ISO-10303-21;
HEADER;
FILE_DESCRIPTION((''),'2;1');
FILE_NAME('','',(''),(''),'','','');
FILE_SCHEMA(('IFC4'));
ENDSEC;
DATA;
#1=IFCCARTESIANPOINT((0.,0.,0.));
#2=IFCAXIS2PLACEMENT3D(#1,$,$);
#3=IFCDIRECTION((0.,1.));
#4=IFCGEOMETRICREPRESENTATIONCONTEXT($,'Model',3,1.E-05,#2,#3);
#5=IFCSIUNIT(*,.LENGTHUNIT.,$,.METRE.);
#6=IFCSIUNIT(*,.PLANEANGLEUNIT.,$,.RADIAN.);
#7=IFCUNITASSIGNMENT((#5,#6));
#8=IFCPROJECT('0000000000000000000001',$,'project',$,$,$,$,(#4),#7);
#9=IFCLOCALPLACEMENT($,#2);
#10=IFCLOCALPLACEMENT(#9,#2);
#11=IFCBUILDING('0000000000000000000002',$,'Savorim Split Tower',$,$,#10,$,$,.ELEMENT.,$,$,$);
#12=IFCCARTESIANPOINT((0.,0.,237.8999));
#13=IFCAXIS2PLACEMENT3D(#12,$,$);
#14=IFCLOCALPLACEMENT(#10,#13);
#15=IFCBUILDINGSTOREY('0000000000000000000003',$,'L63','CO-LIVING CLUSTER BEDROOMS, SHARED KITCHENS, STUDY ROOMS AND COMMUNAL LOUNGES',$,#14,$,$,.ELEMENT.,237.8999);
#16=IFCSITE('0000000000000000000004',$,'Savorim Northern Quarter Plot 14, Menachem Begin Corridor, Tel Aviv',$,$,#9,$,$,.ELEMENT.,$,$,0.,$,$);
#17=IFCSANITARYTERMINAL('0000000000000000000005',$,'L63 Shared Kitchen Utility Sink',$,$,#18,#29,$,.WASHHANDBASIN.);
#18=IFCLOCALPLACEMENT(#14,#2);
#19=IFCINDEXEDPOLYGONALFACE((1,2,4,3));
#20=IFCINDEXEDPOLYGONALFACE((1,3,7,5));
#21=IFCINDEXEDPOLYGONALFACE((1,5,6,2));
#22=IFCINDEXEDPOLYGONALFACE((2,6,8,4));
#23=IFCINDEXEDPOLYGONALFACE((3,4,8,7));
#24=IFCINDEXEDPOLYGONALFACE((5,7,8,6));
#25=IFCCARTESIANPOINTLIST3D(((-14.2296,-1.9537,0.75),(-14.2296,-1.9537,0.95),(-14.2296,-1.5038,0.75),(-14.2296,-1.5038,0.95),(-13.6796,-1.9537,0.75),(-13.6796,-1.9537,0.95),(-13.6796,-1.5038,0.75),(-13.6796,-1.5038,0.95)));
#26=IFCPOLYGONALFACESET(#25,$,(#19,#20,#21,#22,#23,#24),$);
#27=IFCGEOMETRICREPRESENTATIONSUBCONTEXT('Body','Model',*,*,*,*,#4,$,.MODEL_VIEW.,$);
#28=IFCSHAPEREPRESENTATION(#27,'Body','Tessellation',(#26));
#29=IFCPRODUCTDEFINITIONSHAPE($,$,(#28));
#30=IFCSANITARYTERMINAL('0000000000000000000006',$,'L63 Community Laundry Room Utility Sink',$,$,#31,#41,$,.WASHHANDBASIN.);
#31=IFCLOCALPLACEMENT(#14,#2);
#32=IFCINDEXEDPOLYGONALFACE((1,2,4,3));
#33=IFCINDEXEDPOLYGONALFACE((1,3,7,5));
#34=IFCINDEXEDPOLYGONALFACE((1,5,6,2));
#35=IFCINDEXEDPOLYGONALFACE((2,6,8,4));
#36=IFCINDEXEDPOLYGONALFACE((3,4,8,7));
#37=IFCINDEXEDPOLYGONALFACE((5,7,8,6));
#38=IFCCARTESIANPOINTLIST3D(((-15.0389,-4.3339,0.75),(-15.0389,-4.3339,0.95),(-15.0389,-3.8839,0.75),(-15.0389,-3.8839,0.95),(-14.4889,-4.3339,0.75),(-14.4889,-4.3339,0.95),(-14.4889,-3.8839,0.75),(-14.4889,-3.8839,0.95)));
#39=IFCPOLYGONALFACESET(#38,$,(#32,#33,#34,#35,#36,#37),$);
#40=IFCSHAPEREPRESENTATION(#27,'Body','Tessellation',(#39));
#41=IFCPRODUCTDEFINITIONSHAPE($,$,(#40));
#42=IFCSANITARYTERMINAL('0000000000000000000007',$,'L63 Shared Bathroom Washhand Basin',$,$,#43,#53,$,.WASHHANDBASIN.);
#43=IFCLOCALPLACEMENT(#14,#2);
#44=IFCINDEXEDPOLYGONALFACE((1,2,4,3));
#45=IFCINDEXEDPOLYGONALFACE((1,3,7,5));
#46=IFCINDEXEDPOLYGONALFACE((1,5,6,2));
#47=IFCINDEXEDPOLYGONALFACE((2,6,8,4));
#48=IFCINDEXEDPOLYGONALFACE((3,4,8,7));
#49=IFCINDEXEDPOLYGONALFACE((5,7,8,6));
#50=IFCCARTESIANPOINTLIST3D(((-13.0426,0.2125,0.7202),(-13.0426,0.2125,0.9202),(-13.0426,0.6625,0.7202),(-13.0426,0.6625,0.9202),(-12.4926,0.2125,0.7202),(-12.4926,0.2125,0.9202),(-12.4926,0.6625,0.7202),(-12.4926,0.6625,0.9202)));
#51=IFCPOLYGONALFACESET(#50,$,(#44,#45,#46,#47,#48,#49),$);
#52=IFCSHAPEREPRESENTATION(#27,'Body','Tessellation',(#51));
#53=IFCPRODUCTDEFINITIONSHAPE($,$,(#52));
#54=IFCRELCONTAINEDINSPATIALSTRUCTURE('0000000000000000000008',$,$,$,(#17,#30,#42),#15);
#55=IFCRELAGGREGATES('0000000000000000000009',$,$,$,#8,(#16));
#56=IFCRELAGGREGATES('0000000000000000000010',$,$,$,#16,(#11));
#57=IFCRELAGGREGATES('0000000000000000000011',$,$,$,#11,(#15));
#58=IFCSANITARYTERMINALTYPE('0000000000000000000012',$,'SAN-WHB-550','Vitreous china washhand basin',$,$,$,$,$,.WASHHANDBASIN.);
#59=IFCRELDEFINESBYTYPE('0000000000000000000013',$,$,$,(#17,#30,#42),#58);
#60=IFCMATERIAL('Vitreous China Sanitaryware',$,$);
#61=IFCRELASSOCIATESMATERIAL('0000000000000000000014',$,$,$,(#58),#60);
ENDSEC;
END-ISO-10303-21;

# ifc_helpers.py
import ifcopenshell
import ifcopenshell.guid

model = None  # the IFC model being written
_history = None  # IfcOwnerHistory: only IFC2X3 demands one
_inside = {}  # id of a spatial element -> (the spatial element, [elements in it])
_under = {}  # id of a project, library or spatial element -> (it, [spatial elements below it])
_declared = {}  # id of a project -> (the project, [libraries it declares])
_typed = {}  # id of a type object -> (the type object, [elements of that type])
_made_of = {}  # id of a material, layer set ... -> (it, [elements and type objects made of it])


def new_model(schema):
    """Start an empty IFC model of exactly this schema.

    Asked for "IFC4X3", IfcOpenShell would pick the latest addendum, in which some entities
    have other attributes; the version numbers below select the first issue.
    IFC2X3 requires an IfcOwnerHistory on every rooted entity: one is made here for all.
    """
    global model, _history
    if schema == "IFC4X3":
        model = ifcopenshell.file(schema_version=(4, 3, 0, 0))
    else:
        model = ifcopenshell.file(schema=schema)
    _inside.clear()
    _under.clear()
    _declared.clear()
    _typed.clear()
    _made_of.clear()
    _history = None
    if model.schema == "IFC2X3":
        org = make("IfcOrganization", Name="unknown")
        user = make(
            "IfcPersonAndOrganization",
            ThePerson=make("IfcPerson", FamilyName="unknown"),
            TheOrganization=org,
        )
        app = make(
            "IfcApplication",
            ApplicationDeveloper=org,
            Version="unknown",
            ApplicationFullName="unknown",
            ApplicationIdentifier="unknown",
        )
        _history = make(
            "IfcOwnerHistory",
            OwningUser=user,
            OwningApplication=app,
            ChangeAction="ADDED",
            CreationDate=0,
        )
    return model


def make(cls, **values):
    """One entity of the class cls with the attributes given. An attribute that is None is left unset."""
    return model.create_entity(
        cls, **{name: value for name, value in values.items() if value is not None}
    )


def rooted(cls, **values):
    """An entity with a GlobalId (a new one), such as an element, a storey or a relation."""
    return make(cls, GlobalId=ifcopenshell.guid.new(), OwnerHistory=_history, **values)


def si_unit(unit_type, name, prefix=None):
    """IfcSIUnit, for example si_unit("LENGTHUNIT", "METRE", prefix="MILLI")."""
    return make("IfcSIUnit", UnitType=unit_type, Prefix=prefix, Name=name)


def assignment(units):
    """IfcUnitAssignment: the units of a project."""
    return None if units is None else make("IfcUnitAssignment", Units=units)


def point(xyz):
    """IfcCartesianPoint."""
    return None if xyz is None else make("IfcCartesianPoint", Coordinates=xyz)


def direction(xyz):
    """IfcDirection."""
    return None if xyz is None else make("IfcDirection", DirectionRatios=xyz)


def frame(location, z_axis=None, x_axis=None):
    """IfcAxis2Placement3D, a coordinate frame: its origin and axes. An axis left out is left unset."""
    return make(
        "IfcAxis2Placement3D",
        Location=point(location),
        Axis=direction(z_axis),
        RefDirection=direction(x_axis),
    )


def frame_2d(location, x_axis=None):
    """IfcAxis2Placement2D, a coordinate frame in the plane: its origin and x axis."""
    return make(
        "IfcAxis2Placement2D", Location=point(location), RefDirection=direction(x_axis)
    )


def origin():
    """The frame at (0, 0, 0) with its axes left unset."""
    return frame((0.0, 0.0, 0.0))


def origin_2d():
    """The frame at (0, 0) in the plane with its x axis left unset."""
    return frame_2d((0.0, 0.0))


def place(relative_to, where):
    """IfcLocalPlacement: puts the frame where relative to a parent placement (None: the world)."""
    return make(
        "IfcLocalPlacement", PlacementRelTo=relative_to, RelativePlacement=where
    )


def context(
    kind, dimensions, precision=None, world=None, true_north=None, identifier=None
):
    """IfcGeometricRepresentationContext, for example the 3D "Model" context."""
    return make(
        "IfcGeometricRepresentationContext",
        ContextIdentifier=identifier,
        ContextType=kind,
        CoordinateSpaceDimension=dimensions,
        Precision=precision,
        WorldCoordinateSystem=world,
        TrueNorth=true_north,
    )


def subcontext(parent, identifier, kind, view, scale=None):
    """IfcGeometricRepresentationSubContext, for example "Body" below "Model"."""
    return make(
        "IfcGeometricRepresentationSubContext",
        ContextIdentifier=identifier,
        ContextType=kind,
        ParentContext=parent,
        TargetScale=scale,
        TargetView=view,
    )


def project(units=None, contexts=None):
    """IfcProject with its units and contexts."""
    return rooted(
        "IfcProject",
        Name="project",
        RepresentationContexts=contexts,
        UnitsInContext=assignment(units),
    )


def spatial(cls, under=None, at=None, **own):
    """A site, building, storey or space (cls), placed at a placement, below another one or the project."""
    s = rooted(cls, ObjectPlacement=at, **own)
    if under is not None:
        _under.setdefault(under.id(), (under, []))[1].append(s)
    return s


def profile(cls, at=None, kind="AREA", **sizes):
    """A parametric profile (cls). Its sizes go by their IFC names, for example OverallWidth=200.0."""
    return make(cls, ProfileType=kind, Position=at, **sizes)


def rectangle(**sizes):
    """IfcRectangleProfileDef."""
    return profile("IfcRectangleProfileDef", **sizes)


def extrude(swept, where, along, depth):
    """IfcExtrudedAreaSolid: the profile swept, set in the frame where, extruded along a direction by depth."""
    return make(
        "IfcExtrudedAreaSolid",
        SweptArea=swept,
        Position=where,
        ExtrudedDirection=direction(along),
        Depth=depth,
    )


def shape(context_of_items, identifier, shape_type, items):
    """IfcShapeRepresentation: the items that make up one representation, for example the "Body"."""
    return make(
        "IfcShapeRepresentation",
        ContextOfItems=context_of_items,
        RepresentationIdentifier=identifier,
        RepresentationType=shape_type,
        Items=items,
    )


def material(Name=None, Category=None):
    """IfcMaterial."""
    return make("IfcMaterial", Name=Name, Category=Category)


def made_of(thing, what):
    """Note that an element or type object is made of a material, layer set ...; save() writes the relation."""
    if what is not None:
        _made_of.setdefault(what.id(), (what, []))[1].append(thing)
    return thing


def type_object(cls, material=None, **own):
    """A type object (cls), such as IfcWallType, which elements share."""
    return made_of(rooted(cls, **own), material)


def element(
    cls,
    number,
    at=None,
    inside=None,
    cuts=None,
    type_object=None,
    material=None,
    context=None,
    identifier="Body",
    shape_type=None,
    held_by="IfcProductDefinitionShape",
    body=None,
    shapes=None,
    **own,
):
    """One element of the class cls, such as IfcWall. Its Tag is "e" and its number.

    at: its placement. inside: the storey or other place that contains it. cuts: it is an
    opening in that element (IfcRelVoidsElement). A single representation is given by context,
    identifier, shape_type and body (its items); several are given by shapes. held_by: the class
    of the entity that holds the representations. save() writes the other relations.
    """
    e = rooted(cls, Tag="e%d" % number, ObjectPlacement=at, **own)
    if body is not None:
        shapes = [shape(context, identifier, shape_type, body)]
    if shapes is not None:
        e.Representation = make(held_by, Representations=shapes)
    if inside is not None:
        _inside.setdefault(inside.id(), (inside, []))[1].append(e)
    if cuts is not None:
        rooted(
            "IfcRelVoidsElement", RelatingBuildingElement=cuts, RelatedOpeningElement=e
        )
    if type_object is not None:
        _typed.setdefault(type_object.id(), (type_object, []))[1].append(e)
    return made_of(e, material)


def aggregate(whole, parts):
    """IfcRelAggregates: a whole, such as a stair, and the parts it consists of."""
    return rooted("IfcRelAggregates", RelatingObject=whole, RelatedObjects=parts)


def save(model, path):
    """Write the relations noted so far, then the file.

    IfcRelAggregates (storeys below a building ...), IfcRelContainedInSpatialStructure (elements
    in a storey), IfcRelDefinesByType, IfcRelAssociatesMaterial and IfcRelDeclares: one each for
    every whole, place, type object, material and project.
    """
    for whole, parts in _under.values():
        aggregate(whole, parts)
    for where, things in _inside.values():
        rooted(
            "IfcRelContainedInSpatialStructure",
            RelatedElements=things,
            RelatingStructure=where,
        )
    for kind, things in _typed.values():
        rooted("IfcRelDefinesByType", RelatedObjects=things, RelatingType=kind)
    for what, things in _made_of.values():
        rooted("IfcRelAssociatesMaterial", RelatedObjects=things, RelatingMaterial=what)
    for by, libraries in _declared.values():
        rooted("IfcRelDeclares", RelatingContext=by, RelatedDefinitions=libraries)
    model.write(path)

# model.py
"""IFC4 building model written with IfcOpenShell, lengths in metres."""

from ifc_helpers import new_model, si_unit, direction, frame, origin, origin_2d, place, context, subcontext, project, spatial, rectangle, extrude, material, type_object, element, save


model = new_model("IFC4")

# Units and contexts
model_context = context("Model", 3, precision=1e-05, world=origin(), true_north=direction((0.0, 1.0)))
body_context = subcontext(model_context, "Body", "Model", "MODEL_VIEW")
ifc_project = project(units=[si_unit("LENGTHUNIT", "METRE"), si_unit("PLANEANGLEUNIT", "RADIAN")], contexts=[model_context])

# Site, building, storey
site_placement = place(None, origin())
site = spatial("IfcSite", under=ifc_project, at=site_placement, Name="Savorim Northern Quarter Plot 14, Menachem Begin Corridor, Tel Aviv", CompositionType="ELEMENT", RefElevation=0.0)
building_placement = place(site_placement, origin())
building = spatial("IfcBuilding", under=site, at=building_placement, Name="Savorim Split Tower", CompositionType="ELEMENT")
storey_placement = place(building_placement, frame((0.0, 0.0, 237.8999)))
storey = spatial("IfcBuildingStorey", under=building, at=storey_placement, Name="L63", Description="CO-LIVING CLUSTER BEDROOMS, SHARED KITCHENS, STUDY ROOMS AND COMMUNAL LOUNGES", CompositionType="ELEMENT", Elevation=237.8999)

# Sanitary terminals
ifc_material_1 = material(Name="Vitreous China Sanitaryware")
sanitary_terminal_type_1 = type_object("IfcSanitaryTerminalType", Name="SAN-WHB-550", Description="Vitreous china washhand basin", PredefinedType="WASHHANDBASIN", material=ifc_material_1)
for number, where, z_axis, x_axis, name in (
    (1, (-13.9546, -1.7288, 0.75), (0.0, 0.0, 1.0), (1.0, 0.0, 0.0), "L63 Shared Kitchen Utility Sink"),
    (2, (-14.7639, -4.1089, 0.75), (0.0, 0.0, 1.0), (1.0, 0.0, 0.0), "L63 Community Laundry Room Utility Sink"),
    (3, (-12.7676, 0.4375, 0.7202), (0.0, 0.0, 1.0), (1.0, 0.0, 0.0), "L63 Shared Bathroom Washhand Basin"),
):
    element("IfcSanitaryTerminal", number, at=place(storey_placement, frame(where, z_axis=z_axis, x_axis=x_axis)), inside=storey, type_object=sanitary_terminal_type_1, Name=name, PredefinedType="WASHHANDBASIN", context=body_context, shape_type="SweptSolid", body=[
        extrude(rectangle(XDim=0.55, YDim=0.45, at=origin_2d()), origin(), (0.0, 0.0, 1.0), 0.2),
    ])

save(model, "model.ifc")
